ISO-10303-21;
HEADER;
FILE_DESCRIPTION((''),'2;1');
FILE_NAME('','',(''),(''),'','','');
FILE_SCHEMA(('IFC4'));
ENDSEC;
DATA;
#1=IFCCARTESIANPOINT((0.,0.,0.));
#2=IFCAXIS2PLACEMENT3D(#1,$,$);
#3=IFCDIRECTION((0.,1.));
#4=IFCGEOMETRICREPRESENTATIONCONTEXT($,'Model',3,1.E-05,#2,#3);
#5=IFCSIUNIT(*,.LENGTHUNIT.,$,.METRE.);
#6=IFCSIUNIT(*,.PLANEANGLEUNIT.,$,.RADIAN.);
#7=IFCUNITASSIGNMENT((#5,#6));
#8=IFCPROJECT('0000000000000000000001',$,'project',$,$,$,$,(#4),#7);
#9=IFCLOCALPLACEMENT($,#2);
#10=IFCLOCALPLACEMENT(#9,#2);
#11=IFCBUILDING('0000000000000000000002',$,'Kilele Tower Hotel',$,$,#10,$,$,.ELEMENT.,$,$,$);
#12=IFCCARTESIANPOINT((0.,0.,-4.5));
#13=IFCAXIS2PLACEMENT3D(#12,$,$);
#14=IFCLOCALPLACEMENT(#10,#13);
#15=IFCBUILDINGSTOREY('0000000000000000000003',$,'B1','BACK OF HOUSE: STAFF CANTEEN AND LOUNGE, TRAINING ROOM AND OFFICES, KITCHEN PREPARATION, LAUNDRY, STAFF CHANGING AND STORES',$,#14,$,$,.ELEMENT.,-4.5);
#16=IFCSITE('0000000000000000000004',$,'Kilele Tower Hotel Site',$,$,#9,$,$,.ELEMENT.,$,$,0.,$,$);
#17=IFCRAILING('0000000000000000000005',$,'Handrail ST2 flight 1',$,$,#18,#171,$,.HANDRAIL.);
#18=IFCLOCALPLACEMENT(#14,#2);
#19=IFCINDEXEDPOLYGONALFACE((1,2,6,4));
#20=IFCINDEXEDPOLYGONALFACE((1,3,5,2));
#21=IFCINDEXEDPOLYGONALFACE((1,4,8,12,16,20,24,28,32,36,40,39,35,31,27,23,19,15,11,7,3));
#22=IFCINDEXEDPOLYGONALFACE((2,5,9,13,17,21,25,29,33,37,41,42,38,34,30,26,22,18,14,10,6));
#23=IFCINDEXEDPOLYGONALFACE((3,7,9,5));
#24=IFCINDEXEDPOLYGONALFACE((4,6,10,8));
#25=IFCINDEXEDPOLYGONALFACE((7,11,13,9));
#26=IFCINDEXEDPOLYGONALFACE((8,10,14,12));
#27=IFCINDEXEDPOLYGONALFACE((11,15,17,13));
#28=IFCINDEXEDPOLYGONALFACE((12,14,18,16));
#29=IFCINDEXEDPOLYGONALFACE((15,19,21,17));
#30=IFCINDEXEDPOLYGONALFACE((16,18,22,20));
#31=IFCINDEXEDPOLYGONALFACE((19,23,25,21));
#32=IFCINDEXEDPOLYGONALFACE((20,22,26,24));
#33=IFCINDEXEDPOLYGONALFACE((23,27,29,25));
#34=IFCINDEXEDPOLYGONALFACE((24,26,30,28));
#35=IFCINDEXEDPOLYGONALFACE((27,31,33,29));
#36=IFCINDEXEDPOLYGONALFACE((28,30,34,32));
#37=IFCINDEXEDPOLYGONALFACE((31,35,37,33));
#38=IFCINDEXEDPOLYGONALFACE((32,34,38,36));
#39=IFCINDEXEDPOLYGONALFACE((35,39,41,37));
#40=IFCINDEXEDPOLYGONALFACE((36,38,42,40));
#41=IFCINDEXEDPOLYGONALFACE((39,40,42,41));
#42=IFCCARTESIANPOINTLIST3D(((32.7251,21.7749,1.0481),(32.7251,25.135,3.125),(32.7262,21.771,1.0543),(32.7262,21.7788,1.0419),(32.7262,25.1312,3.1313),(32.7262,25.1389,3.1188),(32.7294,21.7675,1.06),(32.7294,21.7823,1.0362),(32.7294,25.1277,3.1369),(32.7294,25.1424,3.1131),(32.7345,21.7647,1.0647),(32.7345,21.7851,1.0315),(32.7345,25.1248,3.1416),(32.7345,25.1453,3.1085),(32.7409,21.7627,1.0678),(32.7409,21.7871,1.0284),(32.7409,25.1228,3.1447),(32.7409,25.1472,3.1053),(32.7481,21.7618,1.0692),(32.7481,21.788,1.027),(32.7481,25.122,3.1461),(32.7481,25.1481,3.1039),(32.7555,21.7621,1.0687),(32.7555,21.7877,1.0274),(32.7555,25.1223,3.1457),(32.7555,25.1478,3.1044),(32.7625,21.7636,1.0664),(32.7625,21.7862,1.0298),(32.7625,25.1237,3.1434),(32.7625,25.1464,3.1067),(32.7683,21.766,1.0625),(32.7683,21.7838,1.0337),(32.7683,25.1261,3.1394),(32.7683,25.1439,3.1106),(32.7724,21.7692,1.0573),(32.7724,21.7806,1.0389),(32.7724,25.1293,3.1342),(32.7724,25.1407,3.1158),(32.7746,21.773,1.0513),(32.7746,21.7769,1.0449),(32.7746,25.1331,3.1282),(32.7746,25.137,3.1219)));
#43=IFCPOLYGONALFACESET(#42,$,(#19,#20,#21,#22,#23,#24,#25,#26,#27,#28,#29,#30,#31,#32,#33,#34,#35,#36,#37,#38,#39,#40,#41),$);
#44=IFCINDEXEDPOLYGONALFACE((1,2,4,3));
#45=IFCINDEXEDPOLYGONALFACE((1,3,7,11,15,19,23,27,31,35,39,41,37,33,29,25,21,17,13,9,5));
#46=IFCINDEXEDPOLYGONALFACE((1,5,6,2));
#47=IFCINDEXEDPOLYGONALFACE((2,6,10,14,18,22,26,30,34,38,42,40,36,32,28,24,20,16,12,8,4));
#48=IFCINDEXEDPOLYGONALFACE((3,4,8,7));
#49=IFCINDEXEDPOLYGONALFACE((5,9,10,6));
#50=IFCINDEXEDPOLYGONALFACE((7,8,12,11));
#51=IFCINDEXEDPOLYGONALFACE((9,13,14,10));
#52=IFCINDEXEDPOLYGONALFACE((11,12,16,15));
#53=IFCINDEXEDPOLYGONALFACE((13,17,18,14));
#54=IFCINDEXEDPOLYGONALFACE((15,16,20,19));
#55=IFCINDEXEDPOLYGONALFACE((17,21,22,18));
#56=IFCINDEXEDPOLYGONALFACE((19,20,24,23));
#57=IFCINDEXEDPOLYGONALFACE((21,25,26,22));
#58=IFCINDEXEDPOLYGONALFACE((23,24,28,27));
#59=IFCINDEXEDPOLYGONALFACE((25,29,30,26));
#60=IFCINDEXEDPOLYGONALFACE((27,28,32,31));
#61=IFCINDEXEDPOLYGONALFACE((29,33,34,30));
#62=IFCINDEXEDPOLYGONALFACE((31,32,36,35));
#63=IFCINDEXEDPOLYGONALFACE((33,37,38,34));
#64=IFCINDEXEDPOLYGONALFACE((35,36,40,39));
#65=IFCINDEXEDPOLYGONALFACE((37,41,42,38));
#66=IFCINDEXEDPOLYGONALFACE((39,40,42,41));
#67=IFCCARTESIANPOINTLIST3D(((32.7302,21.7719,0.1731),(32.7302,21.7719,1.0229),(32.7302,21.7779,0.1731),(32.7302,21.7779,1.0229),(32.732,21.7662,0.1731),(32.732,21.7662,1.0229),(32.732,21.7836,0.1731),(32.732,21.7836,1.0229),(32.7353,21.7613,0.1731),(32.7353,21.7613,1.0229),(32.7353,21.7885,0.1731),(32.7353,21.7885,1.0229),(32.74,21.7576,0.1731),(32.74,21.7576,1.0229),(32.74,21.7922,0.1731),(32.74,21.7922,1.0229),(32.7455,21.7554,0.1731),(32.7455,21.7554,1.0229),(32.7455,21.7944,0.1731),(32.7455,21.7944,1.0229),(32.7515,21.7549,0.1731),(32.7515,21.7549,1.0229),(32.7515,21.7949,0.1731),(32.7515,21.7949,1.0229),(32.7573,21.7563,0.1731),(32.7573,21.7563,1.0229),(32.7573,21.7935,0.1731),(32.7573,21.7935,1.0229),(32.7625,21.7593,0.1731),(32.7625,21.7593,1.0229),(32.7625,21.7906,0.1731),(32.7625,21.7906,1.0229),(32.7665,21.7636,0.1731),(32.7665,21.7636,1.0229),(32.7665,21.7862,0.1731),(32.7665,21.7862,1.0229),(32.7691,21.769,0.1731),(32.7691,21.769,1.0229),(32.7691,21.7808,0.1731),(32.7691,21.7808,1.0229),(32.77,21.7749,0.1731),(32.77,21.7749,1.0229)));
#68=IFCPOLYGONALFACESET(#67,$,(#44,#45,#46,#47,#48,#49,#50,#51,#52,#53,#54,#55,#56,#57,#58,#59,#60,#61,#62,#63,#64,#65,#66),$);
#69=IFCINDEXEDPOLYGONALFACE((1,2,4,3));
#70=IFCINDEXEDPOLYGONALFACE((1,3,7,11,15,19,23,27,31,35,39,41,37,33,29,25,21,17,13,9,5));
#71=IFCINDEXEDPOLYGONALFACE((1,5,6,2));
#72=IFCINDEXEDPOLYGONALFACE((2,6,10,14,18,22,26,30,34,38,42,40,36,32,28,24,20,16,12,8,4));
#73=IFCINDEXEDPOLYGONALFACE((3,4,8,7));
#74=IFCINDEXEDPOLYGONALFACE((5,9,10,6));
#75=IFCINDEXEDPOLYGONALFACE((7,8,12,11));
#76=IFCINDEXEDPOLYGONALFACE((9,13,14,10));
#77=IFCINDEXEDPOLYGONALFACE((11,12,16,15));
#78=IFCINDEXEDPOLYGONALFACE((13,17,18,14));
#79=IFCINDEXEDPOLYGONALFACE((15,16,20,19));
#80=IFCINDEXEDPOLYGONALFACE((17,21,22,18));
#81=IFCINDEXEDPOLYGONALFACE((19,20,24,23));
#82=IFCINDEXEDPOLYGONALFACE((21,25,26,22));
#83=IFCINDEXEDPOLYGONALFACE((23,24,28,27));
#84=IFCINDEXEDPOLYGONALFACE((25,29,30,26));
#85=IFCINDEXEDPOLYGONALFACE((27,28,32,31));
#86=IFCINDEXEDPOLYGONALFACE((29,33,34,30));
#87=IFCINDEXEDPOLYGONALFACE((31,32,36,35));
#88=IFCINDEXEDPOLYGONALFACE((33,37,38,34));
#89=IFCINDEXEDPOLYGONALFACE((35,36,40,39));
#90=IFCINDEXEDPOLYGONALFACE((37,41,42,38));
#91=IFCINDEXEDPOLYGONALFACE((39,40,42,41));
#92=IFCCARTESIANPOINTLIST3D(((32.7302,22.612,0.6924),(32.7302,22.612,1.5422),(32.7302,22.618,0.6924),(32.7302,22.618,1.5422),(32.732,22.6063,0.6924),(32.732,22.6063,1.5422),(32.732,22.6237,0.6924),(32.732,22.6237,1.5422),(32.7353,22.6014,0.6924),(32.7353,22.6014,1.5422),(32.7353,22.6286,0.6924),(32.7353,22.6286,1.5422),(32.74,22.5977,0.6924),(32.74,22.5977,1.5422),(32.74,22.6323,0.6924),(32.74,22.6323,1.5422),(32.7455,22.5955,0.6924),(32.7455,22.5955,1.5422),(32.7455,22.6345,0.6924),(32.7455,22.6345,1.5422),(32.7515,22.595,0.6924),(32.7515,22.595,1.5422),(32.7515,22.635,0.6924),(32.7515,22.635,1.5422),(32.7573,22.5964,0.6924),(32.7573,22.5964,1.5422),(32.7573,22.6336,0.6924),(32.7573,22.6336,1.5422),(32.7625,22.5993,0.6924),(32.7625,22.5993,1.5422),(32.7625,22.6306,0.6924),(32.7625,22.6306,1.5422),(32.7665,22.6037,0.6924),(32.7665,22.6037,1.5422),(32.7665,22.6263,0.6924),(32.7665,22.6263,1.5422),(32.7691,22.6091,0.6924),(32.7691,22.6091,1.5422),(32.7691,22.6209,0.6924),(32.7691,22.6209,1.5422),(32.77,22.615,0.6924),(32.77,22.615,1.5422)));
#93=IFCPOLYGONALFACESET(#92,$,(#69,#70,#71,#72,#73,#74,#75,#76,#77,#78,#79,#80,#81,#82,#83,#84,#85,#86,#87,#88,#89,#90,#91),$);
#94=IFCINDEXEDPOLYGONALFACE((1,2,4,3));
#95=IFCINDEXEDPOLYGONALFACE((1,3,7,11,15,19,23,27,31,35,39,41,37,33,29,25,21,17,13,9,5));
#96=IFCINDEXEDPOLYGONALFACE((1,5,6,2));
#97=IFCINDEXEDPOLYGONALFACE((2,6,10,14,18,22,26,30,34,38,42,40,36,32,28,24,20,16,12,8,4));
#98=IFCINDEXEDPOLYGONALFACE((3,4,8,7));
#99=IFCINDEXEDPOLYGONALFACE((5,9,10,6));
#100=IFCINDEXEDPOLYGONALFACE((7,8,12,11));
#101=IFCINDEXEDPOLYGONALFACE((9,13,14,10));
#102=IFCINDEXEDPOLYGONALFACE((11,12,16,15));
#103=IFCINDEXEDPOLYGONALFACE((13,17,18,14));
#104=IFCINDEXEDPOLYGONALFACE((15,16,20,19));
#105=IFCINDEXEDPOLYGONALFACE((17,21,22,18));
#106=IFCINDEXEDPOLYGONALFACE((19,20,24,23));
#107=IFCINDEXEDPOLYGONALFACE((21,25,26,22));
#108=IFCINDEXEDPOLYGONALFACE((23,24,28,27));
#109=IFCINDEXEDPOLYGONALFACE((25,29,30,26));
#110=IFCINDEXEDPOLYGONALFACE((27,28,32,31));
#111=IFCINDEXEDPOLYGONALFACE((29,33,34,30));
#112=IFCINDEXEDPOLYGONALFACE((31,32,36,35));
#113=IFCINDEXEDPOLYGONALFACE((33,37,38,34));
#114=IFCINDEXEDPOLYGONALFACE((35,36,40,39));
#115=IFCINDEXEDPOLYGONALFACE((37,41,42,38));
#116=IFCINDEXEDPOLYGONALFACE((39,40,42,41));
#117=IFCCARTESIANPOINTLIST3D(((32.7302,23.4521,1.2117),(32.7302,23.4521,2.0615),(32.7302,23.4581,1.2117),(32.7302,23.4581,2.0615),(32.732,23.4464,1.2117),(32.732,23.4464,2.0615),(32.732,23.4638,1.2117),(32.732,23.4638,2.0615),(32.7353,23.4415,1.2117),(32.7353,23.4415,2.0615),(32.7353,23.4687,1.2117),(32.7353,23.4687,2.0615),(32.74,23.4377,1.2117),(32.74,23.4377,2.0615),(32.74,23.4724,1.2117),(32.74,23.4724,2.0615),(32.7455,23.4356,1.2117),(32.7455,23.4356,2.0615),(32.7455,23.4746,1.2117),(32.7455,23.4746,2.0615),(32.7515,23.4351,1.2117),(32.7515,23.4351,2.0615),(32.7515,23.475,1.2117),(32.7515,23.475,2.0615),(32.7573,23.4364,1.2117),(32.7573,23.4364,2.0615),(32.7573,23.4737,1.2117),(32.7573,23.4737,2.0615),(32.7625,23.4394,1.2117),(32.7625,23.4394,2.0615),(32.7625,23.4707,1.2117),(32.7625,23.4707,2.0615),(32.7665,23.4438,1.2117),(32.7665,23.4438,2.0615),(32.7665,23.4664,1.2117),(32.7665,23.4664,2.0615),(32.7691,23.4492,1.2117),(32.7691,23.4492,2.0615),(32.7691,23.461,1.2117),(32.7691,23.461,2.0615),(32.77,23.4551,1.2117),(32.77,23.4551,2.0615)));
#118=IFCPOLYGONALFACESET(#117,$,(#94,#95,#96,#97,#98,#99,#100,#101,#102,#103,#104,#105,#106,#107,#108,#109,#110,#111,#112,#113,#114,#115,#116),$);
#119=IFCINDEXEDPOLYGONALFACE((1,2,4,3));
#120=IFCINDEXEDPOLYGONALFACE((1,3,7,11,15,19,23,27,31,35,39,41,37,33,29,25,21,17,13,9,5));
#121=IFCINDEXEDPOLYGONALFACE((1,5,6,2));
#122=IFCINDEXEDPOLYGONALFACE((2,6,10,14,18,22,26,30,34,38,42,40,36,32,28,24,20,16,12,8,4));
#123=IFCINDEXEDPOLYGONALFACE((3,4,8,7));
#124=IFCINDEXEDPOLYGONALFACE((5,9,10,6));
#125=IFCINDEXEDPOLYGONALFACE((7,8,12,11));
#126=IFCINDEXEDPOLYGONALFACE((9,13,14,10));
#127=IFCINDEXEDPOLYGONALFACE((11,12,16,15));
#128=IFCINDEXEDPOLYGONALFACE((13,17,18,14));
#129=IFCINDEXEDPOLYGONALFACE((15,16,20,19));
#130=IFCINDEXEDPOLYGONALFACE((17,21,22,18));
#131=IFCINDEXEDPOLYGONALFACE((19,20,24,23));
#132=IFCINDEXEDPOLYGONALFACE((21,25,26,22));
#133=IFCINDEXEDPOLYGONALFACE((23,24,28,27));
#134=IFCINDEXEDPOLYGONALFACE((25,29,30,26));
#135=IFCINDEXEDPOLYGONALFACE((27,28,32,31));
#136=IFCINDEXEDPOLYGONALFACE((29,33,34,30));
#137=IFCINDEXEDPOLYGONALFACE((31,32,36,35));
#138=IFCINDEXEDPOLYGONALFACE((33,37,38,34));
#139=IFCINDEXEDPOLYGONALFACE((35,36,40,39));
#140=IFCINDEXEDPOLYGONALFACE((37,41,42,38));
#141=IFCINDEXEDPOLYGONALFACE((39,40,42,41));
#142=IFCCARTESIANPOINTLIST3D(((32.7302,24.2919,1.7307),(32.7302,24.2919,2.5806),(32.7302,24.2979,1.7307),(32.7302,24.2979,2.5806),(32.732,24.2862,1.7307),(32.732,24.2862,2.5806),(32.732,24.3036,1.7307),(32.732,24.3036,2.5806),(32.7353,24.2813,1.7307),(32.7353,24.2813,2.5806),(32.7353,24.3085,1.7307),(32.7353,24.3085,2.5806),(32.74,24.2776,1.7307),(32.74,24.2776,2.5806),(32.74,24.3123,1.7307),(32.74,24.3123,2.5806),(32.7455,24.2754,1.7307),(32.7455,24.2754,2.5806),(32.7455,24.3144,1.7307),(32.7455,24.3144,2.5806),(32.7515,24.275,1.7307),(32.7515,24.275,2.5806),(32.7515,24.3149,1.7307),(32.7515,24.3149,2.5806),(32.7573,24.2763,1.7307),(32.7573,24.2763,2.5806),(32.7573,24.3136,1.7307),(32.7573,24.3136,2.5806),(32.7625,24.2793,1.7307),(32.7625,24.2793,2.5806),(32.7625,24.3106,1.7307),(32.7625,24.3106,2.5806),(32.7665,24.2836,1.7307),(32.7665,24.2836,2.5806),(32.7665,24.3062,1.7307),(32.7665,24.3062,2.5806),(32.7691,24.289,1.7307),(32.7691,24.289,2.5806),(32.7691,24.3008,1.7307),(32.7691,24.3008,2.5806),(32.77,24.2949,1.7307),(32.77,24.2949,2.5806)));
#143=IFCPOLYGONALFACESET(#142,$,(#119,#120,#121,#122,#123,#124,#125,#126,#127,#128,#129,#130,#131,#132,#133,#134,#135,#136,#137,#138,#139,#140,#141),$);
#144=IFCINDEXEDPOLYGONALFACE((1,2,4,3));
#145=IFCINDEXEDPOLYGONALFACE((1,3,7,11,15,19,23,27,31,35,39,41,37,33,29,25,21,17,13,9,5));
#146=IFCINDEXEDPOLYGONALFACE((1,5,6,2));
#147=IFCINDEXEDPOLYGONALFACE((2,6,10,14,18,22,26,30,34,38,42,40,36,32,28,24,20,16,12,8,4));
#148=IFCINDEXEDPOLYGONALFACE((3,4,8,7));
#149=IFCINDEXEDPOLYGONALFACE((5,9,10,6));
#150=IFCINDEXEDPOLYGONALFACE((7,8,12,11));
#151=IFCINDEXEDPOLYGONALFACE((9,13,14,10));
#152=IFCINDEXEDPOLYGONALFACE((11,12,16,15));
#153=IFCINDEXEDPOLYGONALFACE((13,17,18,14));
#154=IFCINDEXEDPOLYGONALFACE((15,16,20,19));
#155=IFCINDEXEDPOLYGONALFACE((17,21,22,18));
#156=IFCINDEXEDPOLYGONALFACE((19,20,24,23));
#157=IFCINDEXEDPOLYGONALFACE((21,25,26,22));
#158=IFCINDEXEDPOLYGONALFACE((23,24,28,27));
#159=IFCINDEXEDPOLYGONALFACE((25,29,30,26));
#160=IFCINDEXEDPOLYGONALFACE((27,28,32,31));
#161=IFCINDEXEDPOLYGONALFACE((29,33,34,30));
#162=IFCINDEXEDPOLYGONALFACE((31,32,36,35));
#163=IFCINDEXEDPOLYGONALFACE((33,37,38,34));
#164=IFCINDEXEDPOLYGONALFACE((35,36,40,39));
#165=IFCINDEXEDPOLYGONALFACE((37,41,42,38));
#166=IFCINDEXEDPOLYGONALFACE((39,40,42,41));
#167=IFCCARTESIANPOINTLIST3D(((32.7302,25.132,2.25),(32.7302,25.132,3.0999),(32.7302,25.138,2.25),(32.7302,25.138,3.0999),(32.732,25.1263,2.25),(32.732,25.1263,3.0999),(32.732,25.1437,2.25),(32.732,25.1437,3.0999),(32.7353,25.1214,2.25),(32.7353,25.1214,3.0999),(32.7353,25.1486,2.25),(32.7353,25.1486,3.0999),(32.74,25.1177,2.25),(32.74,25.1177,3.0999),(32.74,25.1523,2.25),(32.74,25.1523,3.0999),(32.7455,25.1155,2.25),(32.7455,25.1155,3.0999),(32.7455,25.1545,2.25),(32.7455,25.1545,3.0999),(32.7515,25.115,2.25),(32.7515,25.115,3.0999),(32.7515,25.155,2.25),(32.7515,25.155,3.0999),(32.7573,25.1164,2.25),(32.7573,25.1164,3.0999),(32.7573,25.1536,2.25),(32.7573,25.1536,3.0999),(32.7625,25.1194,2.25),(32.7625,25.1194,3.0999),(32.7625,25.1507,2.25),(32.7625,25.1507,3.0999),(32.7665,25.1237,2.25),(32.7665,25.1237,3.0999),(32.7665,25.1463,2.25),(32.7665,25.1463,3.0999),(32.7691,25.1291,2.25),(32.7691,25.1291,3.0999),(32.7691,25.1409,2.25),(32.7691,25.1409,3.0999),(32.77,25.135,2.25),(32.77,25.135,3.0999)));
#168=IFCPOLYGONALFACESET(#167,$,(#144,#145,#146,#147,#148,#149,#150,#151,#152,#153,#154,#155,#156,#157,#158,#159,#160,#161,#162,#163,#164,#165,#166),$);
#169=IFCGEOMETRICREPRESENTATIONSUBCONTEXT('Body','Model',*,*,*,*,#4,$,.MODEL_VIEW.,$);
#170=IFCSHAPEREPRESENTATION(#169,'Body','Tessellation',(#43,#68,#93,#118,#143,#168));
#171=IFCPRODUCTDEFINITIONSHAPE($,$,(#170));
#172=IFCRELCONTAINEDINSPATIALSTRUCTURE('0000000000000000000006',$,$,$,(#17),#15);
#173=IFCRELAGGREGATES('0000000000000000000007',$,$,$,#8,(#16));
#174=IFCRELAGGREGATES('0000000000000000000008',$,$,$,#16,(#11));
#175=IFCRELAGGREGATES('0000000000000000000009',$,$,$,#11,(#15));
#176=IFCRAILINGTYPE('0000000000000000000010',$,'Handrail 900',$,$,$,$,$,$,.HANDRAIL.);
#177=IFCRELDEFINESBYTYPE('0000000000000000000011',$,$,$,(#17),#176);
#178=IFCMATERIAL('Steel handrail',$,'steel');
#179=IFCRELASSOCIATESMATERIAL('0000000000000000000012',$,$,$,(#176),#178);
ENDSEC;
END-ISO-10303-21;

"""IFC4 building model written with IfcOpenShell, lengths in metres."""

from ifc_helpers import new_model, si_unit, direction, frame, origin, origin_2d, place, context, subcontext, project, spatial, circle, extrude, material, type_object, element, save


model = new_model("IFC4")

# Units and contexts
model_context = context("Model", 3, precision=1e-05, world=origin(), true_north=direction((0.0, 1.0)))
body_context = subcontext(model_context, "Body", "Model", "MODEL_VIEW")
ifc_project = project(units=[si_unit("LENGTHUNIT", "METRE"), si_unit("PLANEANGLEUNIT", "RADIAN")], contexts=[model_context])

# Site, building, storey
site_placement = place(None, origin())
site = spatial("IfcSite", under=ifc_project, at=site_placement, Name="Kilele Tower Hotel Site", CompositionType="ELEMENT", RefElevation=0.0)
building_placement = place(site_placement, origin())
building = spatial("IfcBuilding", under=site, at=building_placement, Name="Kilele Tower Hotel", CompositionType="ELEMENT")
storey_placement = place(building_placement, frame((0.0, 0.0, -4.5)))
storey = spatial("IfcBuildingStorey", under=building, at=storey_placement, Name="B1", Description="BACK OF HOUSE: STAFF CANTEEN AND LOUNGE, TRAINING ROOM AND OFFICES, KITCHEN PREPARATION, LAUNDRY, STAFF CHANGING AND STORES", CompositionType="ELEMENT", Elevation=-4.5)

# Railing
ifc_material_1 = material(Name="Steel handrail", Category="steel")
railing_type_1 = type_object("IfcRailingType", Name="Handrail 900", PredefinedType="HANDRAIL", material=ifc_material_1)
railing_1_placement = place(storey_placement, frame((32.75, 21.7749, 0.1731)))
element("IfcRailing", 1, at=railing_1_placement, inside=storey, type_object=railing_type_1, Name="Handrail ST2 flight 1", PredefinedType="HANDRAIL", context=body_context, shape_type="SweptSolid", body=[
    extrude(circle(Radius=0.0249, at=origin_2d()), frame((0.0, 0.0, 0.875), z_axis=(0.0, 0.850623, 0.525776), x_axis=(-1.0, 0.0, 0.0)), (0.0, 0.0, 1.0), 3.9502),
    extrude(circle(Radius=0.02, at=origin_2d()), origin(), (0.0, 0.0, 1.0), 0.8499),
    extrude(circle(Radius=0.02, at=origin_2d()), frame((0.0, 0.8401, 0.5193)), (0.0, 0.0, 1.0), 0.8499),
    extrude(circle(Radius=0.02, at=origin_2d()), frame((0.0, 1.6802, 1.0386)), (0.0, 0.0, 1.0), 0.8499),
    extrude(circle(Radius=0.02, at=origin_2d()), frame((0.0, 2.52, 1.5576)), (0.0, 0.0, 1.0), 0.8499),
    extrude(circle(Radius=0.02, at=origin_2d()), frame((0.0, 3.3601, 2.0769)), (0.0, 0.0, 1.0), 0.8499),
])

save(model, "model.ifc")
